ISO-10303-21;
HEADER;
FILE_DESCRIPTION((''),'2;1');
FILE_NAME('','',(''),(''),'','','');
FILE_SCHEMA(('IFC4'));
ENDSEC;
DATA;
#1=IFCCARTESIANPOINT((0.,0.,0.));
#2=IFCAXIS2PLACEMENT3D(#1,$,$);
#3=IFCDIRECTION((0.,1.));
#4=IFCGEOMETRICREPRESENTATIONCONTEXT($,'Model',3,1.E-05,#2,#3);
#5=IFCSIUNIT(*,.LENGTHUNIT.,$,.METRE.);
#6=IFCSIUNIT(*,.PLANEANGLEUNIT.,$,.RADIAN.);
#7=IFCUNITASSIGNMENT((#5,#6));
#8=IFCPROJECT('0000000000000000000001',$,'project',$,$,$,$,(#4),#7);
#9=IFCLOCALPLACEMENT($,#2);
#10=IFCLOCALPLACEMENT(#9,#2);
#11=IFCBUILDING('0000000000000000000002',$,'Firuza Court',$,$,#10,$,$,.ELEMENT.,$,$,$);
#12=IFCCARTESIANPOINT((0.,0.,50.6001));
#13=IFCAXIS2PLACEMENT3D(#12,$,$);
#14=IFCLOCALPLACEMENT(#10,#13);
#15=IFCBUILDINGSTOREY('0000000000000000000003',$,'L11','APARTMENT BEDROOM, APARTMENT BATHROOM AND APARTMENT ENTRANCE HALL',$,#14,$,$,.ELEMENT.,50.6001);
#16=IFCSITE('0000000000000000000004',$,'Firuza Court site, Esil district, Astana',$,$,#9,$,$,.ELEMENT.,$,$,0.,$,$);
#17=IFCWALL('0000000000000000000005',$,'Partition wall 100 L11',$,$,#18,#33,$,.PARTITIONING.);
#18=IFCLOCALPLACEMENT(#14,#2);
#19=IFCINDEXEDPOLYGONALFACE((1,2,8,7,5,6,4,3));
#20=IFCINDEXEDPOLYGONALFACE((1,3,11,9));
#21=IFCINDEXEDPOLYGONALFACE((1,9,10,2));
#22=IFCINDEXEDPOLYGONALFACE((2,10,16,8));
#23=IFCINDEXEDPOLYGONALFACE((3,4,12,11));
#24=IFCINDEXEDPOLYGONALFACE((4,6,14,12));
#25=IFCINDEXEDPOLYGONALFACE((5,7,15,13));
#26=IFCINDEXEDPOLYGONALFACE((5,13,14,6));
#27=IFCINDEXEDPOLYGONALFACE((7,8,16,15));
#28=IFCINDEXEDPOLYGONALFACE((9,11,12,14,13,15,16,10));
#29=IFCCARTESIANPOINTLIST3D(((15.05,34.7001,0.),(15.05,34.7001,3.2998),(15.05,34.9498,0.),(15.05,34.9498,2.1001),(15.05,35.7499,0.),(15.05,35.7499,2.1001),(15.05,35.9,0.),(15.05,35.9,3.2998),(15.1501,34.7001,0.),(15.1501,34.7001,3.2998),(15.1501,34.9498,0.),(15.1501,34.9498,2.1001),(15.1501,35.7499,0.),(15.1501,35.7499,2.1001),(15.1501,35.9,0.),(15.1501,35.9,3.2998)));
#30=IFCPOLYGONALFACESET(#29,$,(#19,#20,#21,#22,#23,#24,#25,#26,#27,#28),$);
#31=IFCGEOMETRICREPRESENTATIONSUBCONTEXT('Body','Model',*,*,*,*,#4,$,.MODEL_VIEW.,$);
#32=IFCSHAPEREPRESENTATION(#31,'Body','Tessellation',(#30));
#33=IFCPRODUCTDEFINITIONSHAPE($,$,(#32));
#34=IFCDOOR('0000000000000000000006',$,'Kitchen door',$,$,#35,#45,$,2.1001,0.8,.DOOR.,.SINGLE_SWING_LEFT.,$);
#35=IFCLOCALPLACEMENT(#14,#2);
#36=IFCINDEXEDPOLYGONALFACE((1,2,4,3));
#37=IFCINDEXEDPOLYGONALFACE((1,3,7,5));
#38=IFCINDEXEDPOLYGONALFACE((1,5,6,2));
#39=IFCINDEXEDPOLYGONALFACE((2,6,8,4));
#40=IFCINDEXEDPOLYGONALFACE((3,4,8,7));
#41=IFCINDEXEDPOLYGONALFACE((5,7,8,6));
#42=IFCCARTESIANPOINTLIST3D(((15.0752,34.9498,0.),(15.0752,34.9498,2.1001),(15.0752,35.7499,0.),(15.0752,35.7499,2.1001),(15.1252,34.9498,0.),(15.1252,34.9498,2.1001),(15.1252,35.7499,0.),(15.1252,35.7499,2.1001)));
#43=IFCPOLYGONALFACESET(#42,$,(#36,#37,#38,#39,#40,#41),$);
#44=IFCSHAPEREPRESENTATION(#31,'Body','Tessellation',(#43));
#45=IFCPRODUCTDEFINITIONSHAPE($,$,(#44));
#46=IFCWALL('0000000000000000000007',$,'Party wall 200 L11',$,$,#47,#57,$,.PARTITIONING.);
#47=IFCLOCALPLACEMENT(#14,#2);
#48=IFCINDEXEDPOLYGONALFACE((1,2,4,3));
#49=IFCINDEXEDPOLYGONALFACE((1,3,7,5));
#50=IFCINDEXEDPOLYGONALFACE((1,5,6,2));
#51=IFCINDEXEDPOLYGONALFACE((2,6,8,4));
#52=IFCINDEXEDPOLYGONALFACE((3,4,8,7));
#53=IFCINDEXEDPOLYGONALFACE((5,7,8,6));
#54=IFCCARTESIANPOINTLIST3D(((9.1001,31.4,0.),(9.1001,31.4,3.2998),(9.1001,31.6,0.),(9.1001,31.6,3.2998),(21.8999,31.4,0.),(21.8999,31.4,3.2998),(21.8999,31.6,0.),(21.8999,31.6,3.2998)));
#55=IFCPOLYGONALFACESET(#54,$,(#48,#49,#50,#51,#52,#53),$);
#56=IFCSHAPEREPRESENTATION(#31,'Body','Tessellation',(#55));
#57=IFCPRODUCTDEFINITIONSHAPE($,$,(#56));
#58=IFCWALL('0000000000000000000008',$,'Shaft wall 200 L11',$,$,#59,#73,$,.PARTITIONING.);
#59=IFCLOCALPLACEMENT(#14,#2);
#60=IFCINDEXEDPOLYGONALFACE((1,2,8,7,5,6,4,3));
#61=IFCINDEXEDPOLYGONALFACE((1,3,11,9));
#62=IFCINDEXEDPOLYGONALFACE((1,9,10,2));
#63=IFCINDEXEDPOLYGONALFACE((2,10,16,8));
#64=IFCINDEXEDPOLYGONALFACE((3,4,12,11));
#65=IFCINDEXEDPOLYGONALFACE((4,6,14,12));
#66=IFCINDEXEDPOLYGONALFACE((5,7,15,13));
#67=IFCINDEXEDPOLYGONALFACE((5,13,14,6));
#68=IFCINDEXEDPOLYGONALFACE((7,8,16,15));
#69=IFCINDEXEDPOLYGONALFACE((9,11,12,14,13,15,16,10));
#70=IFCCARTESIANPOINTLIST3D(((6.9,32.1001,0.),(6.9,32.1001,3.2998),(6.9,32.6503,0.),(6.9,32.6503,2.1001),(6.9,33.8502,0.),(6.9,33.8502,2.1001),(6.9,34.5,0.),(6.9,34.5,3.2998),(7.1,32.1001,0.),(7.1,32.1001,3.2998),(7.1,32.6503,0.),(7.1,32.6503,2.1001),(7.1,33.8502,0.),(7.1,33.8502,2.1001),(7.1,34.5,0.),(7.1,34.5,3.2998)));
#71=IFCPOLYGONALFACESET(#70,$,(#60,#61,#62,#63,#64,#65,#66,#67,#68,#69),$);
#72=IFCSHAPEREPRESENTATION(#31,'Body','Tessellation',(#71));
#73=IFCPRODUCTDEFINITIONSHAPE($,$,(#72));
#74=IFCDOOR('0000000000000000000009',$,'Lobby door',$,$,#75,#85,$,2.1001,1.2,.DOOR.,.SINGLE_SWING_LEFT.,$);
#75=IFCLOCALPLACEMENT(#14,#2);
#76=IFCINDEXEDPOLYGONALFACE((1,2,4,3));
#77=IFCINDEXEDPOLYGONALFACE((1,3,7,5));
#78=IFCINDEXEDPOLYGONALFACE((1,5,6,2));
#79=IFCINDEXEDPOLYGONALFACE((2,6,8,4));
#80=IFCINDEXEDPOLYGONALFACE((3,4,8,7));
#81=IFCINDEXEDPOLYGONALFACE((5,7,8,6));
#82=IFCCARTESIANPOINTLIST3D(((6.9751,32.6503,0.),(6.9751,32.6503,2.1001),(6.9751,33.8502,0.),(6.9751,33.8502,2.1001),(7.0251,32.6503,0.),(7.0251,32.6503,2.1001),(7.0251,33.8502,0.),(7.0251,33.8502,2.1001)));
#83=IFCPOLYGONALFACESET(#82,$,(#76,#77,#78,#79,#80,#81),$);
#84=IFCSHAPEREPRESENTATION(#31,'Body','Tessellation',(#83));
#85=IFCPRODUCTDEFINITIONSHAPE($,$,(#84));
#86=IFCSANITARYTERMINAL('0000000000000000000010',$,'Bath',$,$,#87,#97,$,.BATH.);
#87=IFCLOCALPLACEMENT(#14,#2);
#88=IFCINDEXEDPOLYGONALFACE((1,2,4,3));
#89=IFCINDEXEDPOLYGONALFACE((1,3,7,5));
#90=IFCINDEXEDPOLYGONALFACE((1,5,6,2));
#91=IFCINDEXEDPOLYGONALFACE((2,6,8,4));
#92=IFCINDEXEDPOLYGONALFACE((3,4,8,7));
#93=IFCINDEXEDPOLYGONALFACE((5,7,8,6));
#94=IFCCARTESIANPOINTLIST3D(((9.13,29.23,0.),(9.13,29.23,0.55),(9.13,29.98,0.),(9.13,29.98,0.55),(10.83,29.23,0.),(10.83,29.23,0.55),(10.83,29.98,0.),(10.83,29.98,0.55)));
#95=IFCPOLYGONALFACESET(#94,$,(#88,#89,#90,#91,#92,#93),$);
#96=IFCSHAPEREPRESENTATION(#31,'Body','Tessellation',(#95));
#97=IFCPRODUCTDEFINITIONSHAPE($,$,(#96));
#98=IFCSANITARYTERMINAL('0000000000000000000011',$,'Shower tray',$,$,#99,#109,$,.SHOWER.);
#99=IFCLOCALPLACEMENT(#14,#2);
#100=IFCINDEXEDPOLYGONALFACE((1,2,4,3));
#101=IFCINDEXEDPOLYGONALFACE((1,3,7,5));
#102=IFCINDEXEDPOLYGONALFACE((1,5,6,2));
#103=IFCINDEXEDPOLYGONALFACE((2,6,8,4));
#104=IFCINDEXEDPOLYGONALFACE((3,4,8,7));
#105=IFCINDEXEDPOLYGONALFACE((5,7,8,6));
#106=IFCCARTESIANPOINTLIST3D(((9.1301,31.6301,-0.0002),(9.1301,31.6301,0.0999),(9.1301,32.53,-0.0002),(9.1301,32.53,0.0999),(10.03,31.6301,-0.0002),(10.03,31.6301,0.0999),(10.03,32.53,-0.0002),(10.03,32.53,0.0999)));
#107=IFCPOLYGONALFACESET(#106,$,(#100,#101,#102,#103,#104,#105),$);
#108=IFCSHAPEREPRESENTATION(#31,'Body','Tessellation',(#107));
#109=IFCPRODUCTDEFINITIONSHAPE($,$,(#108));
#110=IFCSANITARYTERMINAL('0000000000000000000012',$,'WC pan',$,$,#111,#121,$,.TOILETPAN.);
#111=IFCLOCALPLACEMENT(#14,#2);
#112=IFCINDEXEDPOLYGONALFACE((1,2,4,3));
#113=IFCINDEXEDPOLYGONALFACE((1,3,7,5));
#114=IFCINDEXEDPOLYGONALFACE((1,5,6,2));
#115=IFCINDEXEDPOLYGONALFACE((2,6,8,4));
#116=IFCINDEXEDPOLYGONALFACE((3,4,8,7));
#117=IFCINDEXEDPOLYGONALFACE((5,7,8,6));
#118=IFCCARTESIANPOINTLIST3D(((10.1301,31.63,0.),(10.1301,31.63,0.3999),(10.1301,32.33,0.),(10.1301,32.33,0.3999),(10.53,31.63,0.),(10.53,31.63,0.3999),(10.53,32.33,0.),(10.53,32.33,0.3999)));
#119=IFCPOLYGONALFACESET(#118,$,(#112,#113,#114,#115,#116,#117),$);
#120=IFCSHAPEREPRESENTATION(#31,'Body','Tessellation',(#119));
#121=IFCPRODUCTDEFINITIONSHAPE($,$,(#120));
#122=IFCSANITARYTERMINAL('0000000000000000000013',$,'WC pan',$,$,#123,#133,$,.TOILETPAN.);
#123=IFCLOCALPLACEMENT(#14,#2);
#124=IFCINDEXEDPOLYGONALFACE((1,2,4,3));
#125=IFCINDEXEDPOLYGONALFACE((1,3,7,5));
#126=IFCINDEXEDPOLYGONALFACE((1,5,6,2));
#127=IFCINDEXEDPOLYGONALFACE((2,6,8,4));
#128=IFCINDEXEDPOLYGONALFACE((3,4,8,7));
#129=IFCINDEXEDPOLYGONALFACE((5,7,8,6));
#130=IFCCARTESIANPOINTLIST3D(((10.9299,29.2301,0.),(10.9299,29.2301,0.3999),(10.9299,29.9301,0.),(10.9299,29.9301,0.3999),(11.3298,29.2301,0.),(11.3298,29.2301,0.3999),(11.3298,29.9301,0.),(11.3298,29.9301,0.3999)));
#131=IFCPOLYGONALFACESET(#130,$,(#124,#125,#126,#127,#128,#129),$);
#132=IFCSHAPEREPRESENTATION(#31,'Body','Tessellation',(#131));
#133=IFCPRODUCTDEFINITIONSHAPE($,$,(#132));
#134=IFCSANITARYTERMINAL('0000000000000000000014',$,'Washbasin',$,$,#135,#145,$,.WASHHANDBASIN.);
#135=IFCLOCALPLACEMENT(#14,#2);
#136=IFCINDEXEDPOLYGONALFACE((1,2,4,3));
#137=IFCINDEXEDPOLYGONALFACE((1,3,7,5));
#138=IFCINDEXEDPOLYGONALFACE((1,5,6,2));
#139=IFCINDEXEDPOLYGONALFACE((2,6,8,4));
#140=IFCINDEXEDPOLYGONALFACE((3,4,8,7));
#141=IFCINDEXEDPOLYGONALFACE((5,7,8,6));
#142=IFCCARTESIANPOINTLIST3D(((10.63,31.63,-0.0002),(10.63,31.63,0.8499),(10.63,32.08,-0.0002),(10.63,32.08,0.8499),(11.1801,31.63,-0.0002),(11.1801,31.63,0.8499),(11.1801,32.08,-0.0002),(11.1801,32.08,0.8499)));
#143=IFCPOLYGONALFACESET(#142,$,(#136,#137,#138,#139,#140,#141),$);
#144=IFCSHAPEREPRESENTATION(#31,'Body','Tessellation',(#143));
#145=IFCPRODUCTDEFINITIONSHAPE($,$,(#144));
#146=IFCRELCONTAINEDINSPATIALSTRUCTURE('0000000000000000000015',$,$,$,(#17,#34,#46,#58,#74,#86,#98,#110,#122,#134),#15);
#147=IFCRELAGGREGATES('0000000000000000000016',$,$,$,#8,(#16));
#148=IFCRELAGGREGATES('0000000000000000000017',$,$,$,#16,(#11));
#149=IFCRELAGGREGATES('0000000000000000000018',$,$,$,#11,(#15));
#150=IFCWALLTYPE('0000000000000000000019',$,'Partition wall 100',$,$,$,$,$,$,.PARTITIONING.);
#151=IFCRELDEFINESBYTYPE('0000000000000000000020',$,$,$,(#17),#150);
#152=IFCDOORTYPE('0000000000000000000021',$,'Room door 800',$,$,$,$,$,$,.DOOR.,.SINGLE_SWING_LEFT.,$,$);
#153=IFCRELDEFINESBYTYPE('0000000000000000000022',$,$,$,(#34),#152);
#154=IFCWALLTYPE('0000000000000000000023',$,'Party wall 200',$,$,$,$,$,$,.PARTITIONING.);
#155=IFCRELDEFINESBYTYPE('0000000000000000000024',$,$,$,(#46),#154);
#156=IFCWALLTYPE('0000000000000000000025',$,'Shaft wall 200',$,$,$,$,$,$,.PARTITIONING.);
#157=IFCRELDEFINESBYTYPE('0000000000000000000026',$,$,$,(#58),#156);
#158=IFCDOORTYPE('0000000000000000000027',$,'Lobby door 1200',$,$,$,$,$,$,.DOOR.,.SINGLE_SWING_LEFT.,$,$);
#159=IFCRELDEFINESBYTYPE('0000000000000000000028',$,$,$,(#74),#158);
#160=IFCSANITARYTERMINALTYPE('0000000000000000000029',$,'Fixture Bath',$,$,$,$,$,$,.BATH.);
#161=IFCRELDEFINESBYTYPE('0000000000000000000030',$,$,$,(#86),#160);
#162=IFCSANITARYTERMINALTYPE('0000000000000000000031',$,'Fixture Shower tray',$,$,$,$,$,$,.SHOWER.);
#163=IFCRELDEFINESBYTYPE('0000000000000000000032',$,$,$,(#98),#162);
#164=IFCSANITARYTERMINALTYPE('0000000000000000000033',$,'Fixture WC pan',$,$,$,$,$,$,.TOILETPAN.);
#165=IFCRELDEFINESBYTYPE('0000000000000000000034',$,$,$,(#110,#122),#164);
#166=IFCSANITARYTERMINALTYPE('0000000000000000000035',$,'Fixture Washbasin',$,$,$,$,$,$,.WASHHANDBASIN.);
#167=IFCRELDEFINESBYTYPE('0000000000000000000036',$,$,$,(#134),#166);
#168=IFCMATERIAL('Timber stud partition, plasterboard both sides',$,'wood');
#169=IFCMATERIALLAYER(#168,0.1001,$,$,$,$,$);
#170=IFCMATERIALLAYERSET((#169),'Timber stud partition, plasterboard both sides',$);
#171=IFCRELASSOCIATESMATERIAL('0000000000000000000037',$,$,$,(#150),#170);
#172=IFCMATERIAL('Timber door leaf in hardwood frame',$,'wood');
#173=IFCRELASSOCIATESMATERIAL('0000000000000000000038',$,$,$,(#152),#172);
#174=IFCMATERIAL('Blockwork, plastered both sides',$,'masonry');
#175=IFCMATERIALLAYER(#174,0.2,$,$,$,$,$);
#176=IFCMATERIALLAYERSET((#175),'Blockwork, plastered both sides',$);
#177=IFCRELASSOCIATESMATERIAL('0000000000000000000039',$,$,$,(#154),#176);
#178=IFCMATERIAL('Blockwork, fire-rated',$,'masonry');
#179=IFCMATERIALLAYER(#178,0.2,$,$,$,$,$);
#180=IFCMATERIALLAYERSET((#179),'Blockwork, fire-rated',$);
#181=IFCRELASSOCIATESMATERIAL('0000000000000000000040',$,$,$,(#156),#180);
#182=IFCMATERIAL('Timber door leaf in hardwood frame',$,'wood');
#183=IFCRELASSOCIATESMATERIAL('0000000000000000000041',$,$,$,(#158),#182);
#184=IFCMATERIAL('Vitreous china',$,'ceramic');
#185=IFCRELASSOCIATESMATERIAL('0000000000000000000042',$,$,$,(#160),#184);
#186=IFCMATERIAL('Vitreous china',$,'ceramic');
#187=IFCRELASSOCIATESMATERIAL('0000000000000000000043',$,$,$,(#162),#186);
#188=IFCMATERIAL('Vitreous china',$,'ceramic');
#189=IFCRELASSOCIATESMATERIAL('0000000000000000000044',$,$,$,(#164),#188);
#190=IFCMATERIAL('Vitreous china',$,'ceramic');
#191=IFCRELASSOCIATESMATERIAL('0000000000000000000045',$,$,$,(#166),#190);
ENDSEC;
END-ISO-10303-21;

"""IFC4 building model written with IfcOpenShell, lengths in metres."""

from ifc_helpers import new_model, si_unit, direction, frame, frame_2d, origin, origin_2d, place, context, subcontext, project, spatial, rectangle, extrude, material, layer, layer_set, type_object, element, fill, save


model = new_model("IFC4")

# Units and contexts
model_context = context("Model", 3, precision=1e-05, world=origin(), true_north=direction((0.0, 1.0)))
body_context = subcontext(model_context, "Body", "Model", "MODEL_VIEW")
ifc_project = project(units=[si_unit("LENGTHUNIT", "METRE"), si_unit("PLANEANGLEUNIT", "RADIAN")], contexts=[model_context])

# Site, building, storey
site_placement = place(None, origin())
site = spatial("IfcSite", under=ifc_project, at=site_placement, Name="Firuza Court site, Esil district, Astana", CompositionType="ELEMENT", RefElevation=0.0)
building_placement = place(site_placement, origin())
building = spatial("IfcBuilding", under=site, at=building_placement, Name="Firuza Court", CompositionType="ELEMENT")
storey_placement = place(building_placement, frame((0.0, 0.0, 50.6001)))
storey = spatial("IfcBuildingStorey", under=building, at=storey_placement, Name="L11", Description="APARTMENT BEDROOM, APARTMENT BATHROOM AND APARTMENT ENTRANCE HALL", CompositionType="ELEMENT", Elevation=50.6001)

# Shared definitions
ifc_material_1 = material(Name="Blockwork, plastered both sides", Category="masonry")

# Shared definitions
ifc_material_2 = material(Name="Timber stud partition, plasterboard both sides", Category="wood")
ifc_layer_1 = layer(ifc_material_2, 0.1001)
ifc_layer_set_1 = layer_set([ifc_layer_1], Name="Timber stud partition, plasterboard both sides")
wall_type_1 = type_object("IfcWallType", Name="Partition wall 100", PredefinedType="PARTITIONING", material=ifc_layer_set_1)

# Wall, opening, door
wall_1_placement = place(storey_placement, frame((15.1001, 34.7, 0.0), z_axis=(0.0, 0.0, 1.0), x_axis=(0.0, 1.0, 0.0)))
wall_1 = element("IfcWall", 1, at=wall_1_placement, inside=storey, type_object=wall_type_1, Name="Partition wall 100 L11", PredefinedType="PARTITIONING", context=body_context, shape_type="SweptSolid", body=[
    extrude(rectangle(XDim=1.2, YDim=0.1001, at=frame_2d((0.6001, 0.0))), origin(), (0.0, 0.0, 1.0), 3.2998),
])
opening_1_placement = place(wall_1_placement, frame((0.25, 0.0, 0.0)))
opening_1 = element("IfcOpeningElement", 2, at=opening_1_placement, cuts=wall_1, PredefinedType="OPENING", context=body_context, shape_type="SweptSolid", body=[
    extrude(rectangle(XDim=0.8, YDim=2.1001, at=frame_2d((0.3999, 1.05))), frame((0.0, 0.062, 0.0), z_axis=(0.0, -1.0, 0.0), x_axis=(1.0, 0.0, 0.0)), (0.0, 0.0, 1.0), 0.124),
])
ifc_material_3 = material(Name="Timber door leaf in hardwood frame", Category="wood")
door_type_1 = type_object("IfcDoorType", Name="Room door 800", OperationType="SINGLE_SWING_LEFT", PredefinedType="DOOR", material=ifc_material_3)
door_1_placement = place(opening_1_placement, origin())
door_1 = element("IfcDoor", 3, at=door_1_placement, inside=storey, type_object=door_type_1, Name="Kitchen door", OperationType="SINGLE_SWING_LEFT", OverallHeight=2.1001, OverallWidth=0.8, PredefinedType="DOOR", context=body_context, shape_type="SweptSolid", body=[
    extrude(rectangle(XDim=0.8, YDim=2.1001, at=frame_2d((0.3999, 1.05))), frame((0.0, 0.0249, 0.0), z_axis=(0.0, -1.0, 0.0), x_axis=(1.0, 0.0, 0.0)), (0.0, 0.0, 1.0), 0.05),
])
fill(opening_1, door_1)

# Wall
ifc_layer_2 = layer(ifc_material_1, 0.2)
ifc_layer_set_2 = layer_set([ifc_layer_2], Name="Blockwork, plastered both sides")
wall_type_2 = type_object("IfcWallType", Name="Party wall 200", PredefinedType="PARTITIONING", material=ifc_layer_set_2)
wall_2_placement = place(storey_placement, frame((9.1001, 31.5, 0.0), z_axis=(0.0, 0.0, 1.0), x_axis=(1.0, 0.0, 0.0)))
element("IfcWall", 4, at=wall_2_placement, inside=storey, type_object=wall_type_2, Name="Party wall 200 L11", PredefinedType="PARTITIONING", context=body_context, shape_type="SweptSolid", body=[
    extrude(rectangle(XDim=12.7998, YDim=0.2, at=frame_2d((6.3999, 0.0))), origin(), (0.0, 0.0, 1.0), 3.2998),
])

# Wall, opening, door
ifc_material_4 = material(Name="Blockwork, fire-rated", Category="masonry")
ifc_layer_3 = layer(ifc_material_4, 0.2)
ifc_layer_set_3 = layer_set([ifc_layer_3], Name="Blockwork, fire-rated")
wall_type_3 = type_object("IfcWallType", Name="Shaft wall 200", PredefinedType="PARTITIONING", material=ifc_layer_set_3)
wall_3_placement = place(storey_placement, frame((7.0, 32.1001, 0.0), z_axis=(0.0, 0.0, 1.0), x_axis=(0.0, 1.0, 0.0)))
wall_3 = element("IfcWall", 5, at=wall_3_placement, inside=storey, type_object=wall_type_3, Name="Shaft wall 200 L11", PredefinedType="PARTITIONING", context=body_context, shape_type="SweptSolid", body=[
    extrude(rectangle(XDim=2.3999, YDim=0.2, at=frame_2d((1.2, 0.0))), origin(), (0.0, 0.0, 1.0), 3.2998),
])
opening_2_placement = place(wall_3_placement, frame((0.55, 0.0, 0.0)))
opening_2 = element("IfcOpeningElement", 6, at=opening_2_placement, cuts=wall_3, PredefinedType="OPENING", context=body_context, shape_type="SweptSolid", body=[
    extrude(rectangle(XDim=1.2, YDim=2.1001, at=frame_2d((0.6001, 1.05))), frame((0.0, 0.1118, 0.0), z_axis=(0.0, -1.0, 0.0), x_axis=(1.0, 0.0, 0.0)), (0.0, 0.0, 1.0), 0.2239),
])
ifc_material_5 = material(Name="Timber door leaf in hardwood frame", Category="wood")
door_type_2 = type_object("IfcDoorType", Name="Lobby door 1200", OperationType="SINGLE_SWING_LEFT", PredefinedType="DOOR", material=ifc_material_5)
door_2_placement = place(opening_2_placement, origin())
door_2 = element("IfcDoor", 7, at=door_2_placement, inside=storey, type_object=door_type_2, Name="Lobby door", OperationType="SINGLE_SWING_LEFT", OverallHeight=2.1001, OverallWidth=1.2, PredefinedType="DOOR", context=body_context, shape_type="SweptSolid", body=[
    extrude(rectangle(XDim=1.2, YDim=2.1001, at=frame_2d((0.6001, 1.05))), frame((0.0, 0.0249, 0.0), z_axis=(0.0, -1.0, 0.0), x_axis=(1.0, 0.0, 0.0)), (0.0, 0.0, 1.0), 0.05),
])
fill(opening_2, door_2)

# Sanitary terminals
ifc_material_6 = material(Name="Vitreous china", Category="ceramic")
sanitary_terminal_type_1 = type_object("IfcSanitaryTerminalType", Name="Fixture Bath", PredefinedType="BATH", material=ifc_material_6)
sanitary_terminal_1_placement = place(storey_placement, frame((9.98, 29.605, 0.0), z_axis=(0.0, 0.0, 1.0), x_axis=(1.0, 0.0, 0.0)))
element("IfcSanitaryTerminal", 8, at=sanitary_terminal_1_placement, inside=storey, type_object=sanitary_terminal_type_1, Name="Bath", PredefinedType="BATH", context=body_context, shape_type="SweptSolid", body=[
    extrude(rectangle(XDim=1.7, YDim=0.75, at=origin_2d()), origin(), (0.0, 0.0, 1.0), 0.55),
])
ifc_material_7 = material(Name="Vitreous china", Category="ceramic")
sanitary_terminal_type_2 = type_object("IfcSanitaryTerminalType", Name="Fixture Shower tray", PredefinedType="SHOWER", material=ifc_material_7)
sanitary_terminal_2_placement = place(storey_placement, frame((9.5801, 32.0801, -0.0002), z_axis=(0.0, 0.0, 1.0), x_axis=(1.0, 0.0, 0.0)))
element("IfcSanitaryTerminal", 9, at=sanitary_terminal_2_placement, inside=storey, type_object=sanitary_terminal_type_2, Name="Shower tray", PredefinedType="SHOWER", context=body_context, shape_type="SweptSolid", body=[
    extrude(rectangle(XDim=0.8999, YDim=0.8999, at=origin_2d()), origin(), (0.0, 0.0, 1.0), 0.1001),
])
ifc_material_8 = material(Name="Vitreous china", Category="ceramic")
sanitary_terminal_type_3 = type_object("IfcSanitaryTerminalType", Name="Fixture WC pan", PredefinedType="TOILETPAN", material=ifc_material_8)
for number, where, z_axis, x_axis, name in (
    (10, (10.3301, 31.98, 0.0), (0.0, 0.0, 1.0), (1.0, 0.0, 0.0), "WC pan"),
    (11, (11.1299, 29.5801, 0.0), (0.0, 0.0, 1.0), (1.0, 0.0, 0.0), "WC pan"),
):
    element("IfcSanitaryTerminal", number, at=place(storey_placement, frame(where, z_axis=z_axis, x_axis=x_axis)), inside=storey, type_object=sanitary_terminal_type_3, Name=name, PredefinedType="TOILETPAN", context=body_context, shape_type="SweptSolid", body=[
        extrude(rectangle(XDim=0.3999, YDim=0.7, at=origin_2d()), origin(), (0.0, 0.0, 1.0), 0.3999),
    ])
ifc_material_9 = material(Name="Vitreous china", Category="ceramic")
sanitary_terminal_type_4 = type_object("IfcSanitaryTerminalType", Name="Fixture Washbasin", PredefinedType="WASHHANDBASIN", material=ifc_material_9)
sanitary_terminal_3_placement = place(storey_placement, frame((10.905, 31.855, -0.0002), z_axis=(0.0, 0.0, 1.0), x_axis=(1.0, 0.0, 0.0)))
element("IfcSanitaryTerminal", 12, at=sanitary_terminal_3_placement, inside=storey, type_object=sanitary_terminal_type_4, Name="Washbasin", PredefinedType="WASHHANDBASIN", context=body_context, shape_type="SweptSolid", body=[
    extrude(rectangle(XDim=0.55, YDim=0.45, at=origin_2d()), origin(), (0.0, 0.0, 1.0), 0.8501),
])

save(model, "model.ifc")
